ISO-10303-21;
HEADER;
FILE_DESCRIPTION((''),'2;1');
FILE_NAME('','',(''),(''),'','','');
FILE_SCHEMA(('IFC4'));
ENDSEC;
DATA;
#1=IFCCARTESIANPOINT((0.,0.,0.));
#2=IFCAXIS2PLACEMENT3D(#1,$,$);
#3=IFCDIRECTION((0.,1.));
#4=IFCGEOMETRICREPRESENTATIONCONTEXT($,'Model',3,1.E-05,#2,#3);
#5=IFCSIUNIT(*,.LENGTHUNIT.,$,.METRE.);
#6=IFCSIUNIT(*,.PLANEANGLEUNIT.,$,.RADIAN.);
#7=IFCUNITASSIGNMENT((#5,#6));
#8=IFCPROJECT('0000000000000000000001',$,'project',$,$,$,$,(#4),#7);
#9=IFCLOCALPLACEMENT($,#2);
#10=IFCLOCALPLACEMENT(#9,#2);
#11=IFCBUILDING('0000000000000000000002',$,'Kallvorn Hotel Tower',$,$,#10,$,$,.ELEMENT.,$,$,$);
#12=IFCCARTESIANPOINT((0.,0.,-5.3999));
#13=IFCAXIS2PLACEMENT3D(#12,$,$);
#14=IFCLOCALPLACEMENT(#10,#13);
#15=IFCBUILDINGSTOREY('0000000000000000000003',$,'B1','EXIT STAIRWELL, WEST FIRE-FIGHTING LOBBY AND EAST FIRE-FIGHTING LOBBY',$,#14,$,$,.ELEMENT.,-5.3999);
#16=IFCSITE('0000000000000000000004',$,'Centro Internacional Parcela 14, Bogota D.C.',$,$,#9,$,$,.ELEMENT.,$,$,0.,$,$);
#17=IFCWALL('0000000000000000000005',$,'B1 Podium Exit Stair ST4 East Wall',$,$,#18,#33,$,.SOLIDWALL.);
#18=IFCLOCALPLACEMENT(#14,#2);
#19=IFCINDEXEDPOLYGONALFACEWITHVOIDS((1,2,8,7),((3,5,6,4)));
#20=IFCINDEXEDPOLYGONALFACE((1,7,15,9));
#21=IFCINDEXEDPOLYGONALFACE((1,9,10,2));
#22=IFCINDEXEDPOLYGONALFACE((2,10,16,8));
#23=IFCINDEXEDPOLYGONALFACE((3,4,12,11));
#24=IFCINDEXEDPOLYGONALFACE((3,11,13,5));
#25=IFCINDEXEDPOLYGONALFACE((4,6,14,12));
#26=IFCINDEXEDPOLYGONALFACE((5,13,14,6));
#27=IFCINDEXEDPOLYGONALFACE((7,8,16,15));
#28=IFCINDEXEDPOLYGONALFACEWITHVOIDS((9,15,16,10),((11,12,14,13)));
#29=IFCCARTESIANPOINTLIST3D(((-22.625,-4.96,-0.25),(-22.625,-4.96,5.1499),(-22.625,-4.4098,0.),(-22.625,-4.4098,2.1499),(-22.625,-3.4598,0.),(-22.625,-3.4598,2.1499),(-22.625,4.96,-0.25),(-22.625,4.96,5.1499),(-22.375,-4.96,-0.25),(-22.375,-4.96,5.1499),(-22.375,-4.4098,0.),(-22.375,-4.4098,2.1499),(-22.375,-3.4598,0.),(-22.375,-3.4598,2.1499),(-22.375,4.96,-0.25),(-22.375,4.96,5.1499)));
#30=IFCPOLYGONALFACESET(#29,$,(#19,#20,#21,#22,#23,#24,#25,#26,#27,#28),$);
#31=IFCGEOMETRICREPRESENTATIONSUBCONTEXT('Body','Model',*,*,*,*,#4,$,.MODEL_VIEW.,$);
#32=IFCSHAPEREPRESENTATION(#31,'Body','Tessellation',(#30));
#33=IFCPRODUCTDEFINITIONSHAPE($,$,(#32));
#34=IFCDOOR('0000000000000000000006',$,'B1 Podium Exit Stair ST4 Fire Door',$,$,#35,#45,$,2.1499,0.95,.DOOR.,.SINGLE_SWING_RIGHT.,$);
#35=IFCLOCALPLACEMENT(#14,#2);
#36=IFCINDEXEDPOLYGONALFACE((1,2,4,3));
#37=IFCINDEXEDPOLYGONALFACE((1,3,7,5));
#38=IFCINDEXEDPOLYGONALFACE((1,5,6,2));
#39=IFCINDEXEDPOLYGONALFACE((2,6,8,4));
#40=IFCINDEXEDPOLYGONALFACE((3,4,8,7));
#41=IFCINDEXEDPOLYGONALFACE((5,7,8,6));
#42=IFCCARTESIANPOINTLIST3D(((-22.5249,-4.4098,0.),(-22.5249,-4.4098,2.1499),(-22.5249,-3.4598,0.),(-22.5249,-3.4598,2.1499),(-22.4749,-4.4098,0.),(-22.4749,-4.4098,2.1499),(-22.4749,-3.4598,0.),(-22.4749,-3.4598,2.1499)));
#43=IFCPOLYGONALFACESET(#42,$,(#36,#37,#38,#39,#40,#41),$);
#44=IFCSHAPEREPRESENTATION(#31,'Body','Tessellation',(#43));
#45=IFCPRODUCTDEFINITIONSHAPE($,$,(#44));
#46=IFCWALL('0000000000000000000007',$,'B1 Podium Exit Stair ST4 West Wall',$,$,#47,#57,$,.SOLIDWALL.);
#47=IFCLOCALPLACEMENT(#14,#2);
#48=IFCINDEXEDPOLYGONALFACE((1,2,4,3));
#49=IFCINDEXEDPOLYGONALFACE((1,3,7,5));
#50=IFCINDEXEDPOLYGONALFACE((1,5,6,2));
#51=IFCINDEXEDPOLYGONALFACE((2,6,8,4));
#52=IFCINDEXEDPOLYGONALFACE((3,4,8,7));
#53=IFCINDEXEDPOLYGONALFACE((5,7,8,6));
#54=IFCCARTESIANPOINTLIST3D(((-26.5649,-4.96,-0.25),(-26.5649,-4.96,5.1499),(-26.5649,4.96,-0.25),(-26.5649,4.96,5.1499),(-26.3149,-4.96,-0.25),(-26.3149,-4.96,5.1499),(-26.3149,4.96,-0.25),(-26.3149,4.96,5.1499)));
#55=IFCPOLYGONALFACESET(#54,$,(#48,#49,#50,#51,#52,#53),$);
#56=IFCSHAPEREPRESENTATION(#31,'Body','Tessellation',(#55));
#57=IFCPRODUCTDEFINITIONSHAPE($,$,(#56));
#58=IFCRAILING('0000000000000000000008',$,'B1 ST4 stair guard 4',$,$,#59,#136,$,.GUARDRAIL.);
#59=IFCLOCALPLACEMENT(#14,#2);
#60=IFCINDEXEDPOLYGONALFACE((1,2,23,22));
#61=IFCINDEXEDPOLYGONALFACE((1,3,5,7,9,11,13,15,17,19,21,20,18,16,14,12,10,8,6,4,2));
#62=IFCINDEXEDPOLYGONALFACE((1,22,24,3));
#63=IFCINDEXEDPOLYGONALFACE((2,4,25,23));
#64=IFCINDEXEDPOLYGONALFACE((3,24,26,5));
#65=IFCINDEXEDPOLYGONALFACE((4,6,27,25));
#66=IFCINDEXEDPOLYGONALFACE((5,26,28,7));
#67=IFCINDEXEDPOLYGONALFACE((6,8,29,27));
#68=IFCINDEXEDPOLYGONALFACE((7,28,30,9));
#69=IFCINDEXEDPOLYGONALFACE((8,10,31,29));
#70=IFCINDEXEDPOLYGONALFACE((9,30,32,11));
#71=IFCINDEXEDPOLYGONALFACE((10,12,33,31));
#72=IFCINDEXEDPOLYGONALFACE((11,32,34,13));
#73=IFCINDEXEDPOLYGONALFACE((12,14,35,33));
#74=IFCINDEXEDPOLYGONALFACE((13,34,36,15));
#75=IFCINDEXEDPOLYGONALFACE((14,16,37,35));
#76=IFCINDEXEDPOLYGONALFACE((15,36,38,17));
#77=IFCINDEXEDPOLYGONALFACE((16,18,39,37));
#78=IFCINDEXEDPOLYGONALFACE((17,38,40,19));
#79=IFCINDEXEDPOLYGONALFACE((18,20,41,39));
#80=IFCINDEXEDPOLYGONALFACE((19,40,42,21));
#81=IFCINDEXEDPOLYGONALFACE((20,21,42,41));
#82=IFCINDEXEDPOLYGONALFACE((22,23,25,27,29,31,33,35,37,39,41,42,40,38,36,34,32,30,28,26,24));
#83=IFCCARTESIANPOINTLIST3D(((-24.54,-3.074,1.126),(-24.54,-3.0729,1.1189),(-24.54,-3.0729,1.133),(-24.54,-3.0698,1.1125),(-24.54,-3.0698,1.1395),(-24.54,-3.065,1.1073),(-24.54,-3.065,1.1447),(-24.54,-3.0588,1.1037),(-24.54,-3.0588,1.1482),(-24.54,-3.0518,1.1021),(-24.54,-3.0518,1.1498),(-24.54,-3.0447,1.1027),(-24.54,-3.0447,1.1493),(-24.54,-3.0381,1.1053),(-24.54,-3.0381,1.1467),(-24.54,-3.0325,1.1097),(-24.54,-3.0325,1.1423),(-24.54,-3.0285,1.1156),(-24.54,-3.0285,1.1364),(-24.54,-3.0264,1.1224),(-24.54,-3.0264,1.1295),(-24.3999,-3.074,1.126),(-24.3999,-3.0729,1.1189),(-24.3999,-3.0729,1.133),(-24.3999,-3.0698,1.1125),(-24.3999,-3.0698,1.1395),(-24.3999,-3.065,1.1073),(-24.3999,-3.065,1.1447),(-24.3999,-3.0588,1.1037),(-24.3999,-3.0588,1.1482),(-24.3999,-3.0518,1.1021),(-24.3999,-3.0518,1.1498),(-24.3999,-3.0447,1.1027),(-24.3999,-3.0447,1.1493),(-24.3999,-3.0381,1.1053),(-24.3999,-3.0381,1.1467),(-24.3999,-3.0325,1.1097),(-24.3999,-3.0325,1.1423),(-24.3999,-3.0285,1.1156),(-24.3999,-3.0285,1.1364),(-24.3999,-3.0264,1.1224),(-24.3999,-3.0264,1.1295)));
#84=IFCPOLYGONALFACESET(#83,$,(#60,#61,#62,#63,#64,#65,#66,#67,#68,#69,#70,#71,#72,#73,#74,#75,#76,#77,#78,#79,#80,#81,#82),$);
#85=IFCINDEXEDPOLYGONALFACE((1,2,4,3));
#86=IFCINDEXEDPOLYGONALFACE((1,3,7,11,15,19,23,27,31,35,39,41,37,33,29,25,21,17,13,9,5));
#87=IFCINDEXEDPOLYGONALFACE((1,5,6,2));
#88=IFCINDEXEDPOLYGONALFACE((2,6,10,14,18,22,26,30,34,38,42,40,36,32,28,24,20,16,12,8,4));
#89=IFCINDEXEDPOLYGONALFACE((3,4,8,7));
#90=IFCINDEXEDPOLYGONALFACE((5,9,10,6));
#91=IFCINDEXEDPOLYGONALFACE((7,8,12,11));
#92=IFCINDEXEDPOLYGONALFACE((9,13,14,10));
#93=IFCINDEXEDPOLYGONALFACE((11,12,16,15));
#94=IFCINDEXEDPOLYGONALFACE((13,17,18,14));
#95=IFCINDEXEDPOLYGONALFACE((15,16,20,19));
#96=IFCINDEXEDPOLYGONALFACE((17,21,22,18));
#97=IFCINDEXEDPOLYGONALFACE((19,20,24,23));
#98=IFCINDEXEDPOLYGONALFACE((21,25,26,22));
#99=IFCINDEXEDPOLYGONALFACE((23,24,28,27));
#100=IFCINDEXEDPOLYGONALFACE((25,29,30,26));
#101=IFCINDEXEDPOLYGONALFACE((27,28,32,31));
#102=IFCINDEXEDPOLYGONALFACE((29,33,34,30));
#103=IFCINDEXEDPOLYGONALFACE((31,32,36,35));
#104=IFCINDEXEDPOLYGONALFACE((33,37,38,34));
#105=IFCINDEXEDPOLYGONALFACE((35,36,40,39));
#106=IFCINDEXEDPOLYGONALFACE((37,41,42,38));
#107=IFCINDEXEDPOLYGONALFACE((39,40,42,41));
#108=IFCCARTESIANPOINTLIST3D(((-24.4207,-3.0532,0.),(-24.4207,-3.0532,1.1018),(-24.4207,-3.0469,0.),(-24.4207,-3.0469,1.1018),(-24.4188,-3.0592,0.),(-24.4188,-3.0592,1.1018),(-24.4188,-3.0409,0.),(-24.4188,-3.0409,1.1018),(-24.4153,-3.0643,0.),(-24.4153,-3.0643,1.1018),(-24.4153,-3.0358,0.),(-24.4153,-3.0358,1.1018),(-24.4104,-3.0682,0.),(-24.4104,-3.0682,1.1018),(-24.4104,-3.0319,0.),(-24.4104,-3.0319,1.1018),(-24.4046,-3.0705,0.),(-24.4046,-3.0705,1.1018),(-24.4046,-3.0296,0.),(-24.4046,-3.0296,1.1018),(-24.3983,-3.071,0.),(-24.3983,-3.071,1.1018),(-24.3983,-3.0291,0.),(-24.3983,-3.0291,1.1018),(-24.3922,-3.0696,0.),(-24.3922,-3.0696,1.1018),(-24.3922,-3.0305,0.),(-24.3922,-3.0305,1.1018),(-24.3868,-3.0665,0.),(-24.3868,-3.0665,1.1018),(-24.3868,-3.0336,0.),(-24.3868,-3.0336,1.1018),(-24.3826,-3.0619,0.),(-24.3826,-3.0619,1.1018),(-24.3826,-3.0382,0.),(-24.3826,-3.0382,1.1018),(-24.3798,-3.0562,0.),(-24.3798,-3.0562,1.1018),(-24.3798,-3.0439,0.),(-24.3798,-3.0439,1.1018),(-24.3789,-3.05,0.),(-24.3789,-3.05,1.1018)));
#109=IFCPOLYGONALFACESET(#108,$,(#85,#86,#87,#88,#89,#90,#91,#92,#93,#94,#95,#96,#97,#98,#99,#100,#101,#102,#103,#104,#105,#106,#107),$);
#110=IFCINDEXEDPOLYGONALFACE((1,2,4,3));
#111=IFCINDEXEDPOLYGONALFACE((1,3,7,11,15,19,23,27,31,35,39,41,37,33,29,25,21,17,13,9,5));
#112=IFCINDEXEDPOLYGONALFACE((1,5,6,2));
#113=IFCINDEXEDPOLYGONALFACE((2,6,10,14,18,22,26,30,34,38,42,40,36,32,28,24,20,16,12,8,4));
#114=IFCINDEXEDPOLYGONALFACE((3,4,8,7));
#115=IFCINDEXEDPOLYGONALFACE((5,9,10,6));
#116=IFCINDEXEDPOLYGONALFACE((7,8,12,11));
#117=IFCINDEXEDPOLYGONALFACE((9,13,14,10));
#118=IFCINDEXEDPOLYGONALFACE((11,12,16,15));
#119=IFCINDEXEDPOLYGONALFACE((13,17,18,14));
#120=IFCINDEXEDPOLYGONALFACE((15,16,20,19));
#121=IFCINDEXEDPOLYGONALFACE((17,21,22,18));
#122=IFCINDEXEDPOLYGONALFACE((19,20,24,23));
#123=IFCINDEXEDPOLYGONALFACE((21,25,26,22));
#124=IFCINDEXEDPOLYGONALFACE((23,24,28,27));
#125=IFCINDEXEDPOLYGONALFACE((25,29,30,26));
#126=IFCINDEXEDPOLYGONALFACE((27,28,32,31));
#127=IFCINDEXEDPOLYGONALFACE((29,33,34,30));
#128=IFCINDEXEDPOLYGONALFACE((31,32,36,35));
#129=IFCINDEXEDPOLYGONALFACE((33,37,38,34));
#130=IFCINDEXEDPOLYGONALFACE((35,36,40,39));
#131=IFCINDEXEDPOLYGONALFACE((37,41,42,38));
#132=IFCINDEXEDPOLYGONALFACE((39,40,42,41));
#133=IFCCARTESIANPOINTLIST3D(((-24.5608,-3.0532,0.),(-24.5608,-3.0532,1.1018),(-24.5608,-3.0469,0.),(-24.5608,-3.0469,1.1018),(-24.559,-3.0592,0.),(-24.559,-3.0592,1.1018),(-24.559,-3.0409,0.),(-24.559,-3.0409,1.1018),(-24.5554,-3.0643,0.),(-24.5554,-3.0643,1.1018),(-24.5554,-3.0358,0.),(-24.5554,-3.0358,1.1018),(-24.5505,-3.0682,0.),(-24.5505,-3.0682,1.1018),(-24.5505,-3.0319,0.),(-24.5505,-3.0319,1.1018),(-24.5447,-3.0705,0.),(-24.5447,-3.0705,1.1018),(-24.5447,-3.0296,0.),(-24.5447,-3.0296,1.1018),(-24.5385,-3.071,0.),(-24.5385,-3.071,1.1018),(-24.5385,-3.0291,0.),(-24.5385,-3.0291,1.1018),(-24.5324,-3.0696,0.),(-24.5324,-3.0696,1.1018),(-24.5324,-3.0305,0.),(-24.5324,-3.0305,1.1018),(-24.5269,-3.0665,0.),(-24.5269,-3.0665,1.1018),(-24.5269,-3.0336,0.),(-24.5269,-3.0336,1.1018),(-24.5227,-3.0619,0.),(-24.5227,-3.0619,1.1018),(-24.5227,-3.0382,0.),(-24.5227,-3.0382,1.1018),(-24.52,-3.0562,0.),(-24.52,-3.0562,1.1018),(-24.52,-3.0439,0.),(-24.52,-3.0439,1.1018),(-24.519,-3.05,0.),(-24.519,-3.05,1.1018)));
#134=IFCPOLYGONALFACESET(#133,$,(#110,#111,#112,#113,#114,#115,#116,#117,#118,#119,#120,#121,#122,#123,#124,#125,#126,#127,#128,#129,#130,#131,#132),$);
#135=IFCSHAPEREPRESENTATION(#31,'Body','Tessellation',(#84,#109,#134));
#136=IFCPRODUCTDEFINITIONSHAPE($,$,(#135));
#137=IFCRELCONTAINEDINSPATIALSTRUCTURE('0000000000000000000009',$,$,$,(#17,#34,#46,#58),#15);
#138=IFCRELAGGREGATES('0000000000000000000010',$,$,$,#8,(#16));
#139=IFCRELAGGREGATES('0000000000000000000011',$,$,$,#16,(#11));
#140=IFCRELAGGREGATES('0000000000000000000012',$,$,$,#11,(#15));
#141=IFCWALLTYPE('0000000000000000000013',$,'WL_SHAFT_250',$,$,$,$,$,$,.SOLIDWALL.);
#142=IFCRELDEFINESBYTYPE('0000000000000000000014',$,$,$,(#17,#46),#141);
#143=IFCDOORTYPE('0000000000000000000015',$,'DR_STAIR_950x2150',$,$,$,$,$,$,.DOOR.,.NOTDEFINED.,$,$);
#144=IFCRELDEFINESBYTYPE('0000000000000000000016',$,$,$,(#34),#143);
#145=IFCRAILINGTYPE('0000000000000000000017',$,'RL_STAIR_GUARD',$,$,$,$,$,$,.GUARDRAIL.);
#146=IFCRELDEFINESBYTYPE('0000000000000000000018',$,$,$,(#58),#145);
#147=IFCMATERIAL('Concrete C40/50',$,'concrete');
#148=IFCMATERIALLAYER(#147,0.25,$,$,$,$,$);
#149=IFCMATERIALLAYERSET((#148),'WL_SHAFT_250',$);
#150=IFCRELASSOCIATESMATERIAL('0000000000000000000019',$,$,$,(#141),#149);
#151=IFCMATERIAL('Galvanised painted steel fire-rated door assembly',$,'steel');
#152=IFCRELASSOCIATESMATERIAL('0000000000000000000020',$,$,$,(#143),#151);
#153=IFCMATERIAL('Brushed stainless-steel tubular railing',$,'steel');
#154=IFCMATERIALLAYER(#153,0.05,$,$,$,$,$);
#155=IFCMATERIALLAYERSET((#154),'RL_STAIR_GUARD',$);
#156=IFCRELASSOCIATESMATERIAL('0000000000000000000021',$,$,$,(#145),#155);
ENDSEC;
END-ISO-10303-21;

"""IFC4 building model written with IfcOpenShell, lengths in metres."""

from ifc_helpers import new_model, si_unit, direction, frame, frame_2d, origin, origin_2d, place, context, subcontext, project, spatial, rectangle, circle, extrude, material, layer, layer_set, type_object, element, fill, save


model = new_model("IFC4")

# Units and contexts
model_context = context("Model", 3, precision=1e-05, world=origin(), true_north=direction((0.0, 1.0)))
body_context = subcontext(model_context, "Body", "Model", "MODEL_VIEW")
ifc_project = project(units=[si_unit("LENGTHUNIT", "METRE"), si_unit("PLANEANGLEUNIT", "RADIAN")], contexts=[model_context])

# Site, building, storey
site_placement = place(None, origin())
site = spatial("IfcSite", under=ifc_project, at=site_placement, Name="Centro Internacional Parcela 14, Bogota D.C.", CompositionType="ELEMENT", RefElevation=0.0)
building_placement = place(site_placement, origin())
building = spatial("IfcBuilding", under=site, at=building_placement, Name="Kallvorn Hotel Tower", CompositionType="ELEMENT")
storey_placement = place(building_placement, frame((0.0, 0.0, -5.3999)))
storey = spatial("IfcBuildingStorey", under=building, at=storey_placement, Name="B1", Description="EXIT STAIRWELL, WEST FIRE-FIGHTING LOBBY AND EAST FIRE-FIGHTING LOBBY", CompositionType="ELEMENT", Elevation=-5.3999)

# Wall, opening, door
ifc_material_1 = material(Name="Concrete C40/50", Category="concrete")
ifc_layer_1 = layer(ifc_material_1, 0.25)
ifc_layer_set_1 = layer_set([ifc_layer_1], Name="WL_SHAFT_250")
wall_type_1 = type_object("IfcWallType", Name="WL_SHAFT_250", PredefinedType="SOLIDWALL", material=ifc_layer_set_1)
wall_1_placement = place(storey_placement, frame((-22.5, -4.96, -0.25), z_axis=(0.0, 0.0, 1.0), x_axis=(0.0, 1.0, 0.0)))
wall_1 = element("IfcWall", 1, at=wall_1_placement, inside=storey, type_object=wall_type_1, Name="B1 Podium Exit Stair ST4 East Wall", PredefinedType="SOLIDWALL", context=body_context, shape_type="SweptSolid", body=[
    extrude(rectangle(XDim=9.9199, YDim=0.25, at=frame_2d((4.96, 0.0))), origin(), (0.0, 0.0, 1.0), 5.3999),
])
opening_placement = place(wall_1_placement, frame((0.55, 0.0, 0.25)))
opening = element("IfcOpeningElement", 2, at=opening_placement, cuts=wall_1, PredefinedType="OPENING", context=body_context, shape_type="SweptSolid", body=[
    extrude(rectangle(XDim=0.95, YDim=2.1499, at=frame_2d((0.4751, 1.075))), frame((0.0, 0.1399, 0.0), z_axis=(0.0, -1.0, 0.0), x_axis=(1.0, 0.0, 0.0)), (0.0, 0.0, 1.0), 0.28),
])
ifc_material_2 = material(Name="Galvanised painted steel fire-rated door assembly", Category="steel")
door_type = type_object("IfcDoorType", Name="DR_STAIR_950x2150", OperationType="NOTDEFINED", PredefinedType="DOOR", material=ifc_material_2)
door_placement = place(opening_placement, origin())
door = element("IfcDoor", 3, at=door_placement, inside=storey, type_object=door_type, Name="B1 Podium Exit Stair ST4 Fire Door", OperationType="SINGLE_SWING_RIGHT", OverallHeight=2.1499, OverallWidth=0.95, PredefinedType="DOOR", context=body_context, shape_type="SweptSolid", body=[
    extrude(rectangle(XDim=0.95, YDim=2.1499, at=frame_2d((0.4751, 1.075))), frame((0.0, 0.0249, 0.0), z_axis=(0.0, -1.0, 0.0), x_axis=(1.0, 0.0, 0.0)), (0.0, 0.0, 1.0), 0.05),
])
fill(opening, door)

# Wall
wall_2_placement = place(storey_placement, frame((-26.4399, -4.96, -0.25), z_axis=(0.0, 0.0, 1.0), x_axis=(0.0, 1.0, 0.0)))
element("IfcWall", 4, at=wall_2_placement, inside=storey, type_object=wall_type_1, Name="B1 Podium Exit Stair ST4 West Wall", PredefinedType="SOLIDWALL", context=body_context, shape_type="SweptSolid", body=[
    extrude(rectangle(XDim=9.9199, YDim=0.25, at=frame_2d((4.96, 0.0))), origin(), (0.0, 0.0, 1.0), 5.3999),
])

# Railing
ifc_material_3 = material(Name="Brushed stainless-steel tubular railing", Category="steel")
ifc_layer_2 = layer(ifc_material_3, 0.05)
ifc_layer_set_2 = layer_set([ifc_layer_2], Name="RL_STAIR_GUARD")
railing_type = type_object("IfcRailingType", Name="RL_STAIR_GUARD", PredefinedType="GUARDRAIL", material=ifc_layer_set_2)
railing_placement = place(storey_placement, frame((-24.3999, -3.05, 0.0)))
element("IfcRailing", 5, at=railing_placement, inside=storey, type_object=railing_type, Name="B1 ST4 stair guard 4", PredefinedType="GUARDRAIL", context=body_context, shape_type="SweptSolid", body=[
    extrude(circle(Radius=0.0239, at=origin_2d()), frame((0.0, 0.0, 1.126), z_axis=(-1.0, 0.0, 0.0), x_axis=(0.0, -1.0, 0.0)), (0.0, 0.0, 1.0), 0.1401),
    extrude(circle(Radius=0.021, at=origin_2d()), origin(), (0.0, 0.0, 1.0), 1.1018),
    extrude(circle(Radius=0.021, at=origin_2d()), frame((-0.1401, 0.0, 0.0)), (0.0, 0.0, 1.0), 1.1018),
])

save(model, "model.ifc")
